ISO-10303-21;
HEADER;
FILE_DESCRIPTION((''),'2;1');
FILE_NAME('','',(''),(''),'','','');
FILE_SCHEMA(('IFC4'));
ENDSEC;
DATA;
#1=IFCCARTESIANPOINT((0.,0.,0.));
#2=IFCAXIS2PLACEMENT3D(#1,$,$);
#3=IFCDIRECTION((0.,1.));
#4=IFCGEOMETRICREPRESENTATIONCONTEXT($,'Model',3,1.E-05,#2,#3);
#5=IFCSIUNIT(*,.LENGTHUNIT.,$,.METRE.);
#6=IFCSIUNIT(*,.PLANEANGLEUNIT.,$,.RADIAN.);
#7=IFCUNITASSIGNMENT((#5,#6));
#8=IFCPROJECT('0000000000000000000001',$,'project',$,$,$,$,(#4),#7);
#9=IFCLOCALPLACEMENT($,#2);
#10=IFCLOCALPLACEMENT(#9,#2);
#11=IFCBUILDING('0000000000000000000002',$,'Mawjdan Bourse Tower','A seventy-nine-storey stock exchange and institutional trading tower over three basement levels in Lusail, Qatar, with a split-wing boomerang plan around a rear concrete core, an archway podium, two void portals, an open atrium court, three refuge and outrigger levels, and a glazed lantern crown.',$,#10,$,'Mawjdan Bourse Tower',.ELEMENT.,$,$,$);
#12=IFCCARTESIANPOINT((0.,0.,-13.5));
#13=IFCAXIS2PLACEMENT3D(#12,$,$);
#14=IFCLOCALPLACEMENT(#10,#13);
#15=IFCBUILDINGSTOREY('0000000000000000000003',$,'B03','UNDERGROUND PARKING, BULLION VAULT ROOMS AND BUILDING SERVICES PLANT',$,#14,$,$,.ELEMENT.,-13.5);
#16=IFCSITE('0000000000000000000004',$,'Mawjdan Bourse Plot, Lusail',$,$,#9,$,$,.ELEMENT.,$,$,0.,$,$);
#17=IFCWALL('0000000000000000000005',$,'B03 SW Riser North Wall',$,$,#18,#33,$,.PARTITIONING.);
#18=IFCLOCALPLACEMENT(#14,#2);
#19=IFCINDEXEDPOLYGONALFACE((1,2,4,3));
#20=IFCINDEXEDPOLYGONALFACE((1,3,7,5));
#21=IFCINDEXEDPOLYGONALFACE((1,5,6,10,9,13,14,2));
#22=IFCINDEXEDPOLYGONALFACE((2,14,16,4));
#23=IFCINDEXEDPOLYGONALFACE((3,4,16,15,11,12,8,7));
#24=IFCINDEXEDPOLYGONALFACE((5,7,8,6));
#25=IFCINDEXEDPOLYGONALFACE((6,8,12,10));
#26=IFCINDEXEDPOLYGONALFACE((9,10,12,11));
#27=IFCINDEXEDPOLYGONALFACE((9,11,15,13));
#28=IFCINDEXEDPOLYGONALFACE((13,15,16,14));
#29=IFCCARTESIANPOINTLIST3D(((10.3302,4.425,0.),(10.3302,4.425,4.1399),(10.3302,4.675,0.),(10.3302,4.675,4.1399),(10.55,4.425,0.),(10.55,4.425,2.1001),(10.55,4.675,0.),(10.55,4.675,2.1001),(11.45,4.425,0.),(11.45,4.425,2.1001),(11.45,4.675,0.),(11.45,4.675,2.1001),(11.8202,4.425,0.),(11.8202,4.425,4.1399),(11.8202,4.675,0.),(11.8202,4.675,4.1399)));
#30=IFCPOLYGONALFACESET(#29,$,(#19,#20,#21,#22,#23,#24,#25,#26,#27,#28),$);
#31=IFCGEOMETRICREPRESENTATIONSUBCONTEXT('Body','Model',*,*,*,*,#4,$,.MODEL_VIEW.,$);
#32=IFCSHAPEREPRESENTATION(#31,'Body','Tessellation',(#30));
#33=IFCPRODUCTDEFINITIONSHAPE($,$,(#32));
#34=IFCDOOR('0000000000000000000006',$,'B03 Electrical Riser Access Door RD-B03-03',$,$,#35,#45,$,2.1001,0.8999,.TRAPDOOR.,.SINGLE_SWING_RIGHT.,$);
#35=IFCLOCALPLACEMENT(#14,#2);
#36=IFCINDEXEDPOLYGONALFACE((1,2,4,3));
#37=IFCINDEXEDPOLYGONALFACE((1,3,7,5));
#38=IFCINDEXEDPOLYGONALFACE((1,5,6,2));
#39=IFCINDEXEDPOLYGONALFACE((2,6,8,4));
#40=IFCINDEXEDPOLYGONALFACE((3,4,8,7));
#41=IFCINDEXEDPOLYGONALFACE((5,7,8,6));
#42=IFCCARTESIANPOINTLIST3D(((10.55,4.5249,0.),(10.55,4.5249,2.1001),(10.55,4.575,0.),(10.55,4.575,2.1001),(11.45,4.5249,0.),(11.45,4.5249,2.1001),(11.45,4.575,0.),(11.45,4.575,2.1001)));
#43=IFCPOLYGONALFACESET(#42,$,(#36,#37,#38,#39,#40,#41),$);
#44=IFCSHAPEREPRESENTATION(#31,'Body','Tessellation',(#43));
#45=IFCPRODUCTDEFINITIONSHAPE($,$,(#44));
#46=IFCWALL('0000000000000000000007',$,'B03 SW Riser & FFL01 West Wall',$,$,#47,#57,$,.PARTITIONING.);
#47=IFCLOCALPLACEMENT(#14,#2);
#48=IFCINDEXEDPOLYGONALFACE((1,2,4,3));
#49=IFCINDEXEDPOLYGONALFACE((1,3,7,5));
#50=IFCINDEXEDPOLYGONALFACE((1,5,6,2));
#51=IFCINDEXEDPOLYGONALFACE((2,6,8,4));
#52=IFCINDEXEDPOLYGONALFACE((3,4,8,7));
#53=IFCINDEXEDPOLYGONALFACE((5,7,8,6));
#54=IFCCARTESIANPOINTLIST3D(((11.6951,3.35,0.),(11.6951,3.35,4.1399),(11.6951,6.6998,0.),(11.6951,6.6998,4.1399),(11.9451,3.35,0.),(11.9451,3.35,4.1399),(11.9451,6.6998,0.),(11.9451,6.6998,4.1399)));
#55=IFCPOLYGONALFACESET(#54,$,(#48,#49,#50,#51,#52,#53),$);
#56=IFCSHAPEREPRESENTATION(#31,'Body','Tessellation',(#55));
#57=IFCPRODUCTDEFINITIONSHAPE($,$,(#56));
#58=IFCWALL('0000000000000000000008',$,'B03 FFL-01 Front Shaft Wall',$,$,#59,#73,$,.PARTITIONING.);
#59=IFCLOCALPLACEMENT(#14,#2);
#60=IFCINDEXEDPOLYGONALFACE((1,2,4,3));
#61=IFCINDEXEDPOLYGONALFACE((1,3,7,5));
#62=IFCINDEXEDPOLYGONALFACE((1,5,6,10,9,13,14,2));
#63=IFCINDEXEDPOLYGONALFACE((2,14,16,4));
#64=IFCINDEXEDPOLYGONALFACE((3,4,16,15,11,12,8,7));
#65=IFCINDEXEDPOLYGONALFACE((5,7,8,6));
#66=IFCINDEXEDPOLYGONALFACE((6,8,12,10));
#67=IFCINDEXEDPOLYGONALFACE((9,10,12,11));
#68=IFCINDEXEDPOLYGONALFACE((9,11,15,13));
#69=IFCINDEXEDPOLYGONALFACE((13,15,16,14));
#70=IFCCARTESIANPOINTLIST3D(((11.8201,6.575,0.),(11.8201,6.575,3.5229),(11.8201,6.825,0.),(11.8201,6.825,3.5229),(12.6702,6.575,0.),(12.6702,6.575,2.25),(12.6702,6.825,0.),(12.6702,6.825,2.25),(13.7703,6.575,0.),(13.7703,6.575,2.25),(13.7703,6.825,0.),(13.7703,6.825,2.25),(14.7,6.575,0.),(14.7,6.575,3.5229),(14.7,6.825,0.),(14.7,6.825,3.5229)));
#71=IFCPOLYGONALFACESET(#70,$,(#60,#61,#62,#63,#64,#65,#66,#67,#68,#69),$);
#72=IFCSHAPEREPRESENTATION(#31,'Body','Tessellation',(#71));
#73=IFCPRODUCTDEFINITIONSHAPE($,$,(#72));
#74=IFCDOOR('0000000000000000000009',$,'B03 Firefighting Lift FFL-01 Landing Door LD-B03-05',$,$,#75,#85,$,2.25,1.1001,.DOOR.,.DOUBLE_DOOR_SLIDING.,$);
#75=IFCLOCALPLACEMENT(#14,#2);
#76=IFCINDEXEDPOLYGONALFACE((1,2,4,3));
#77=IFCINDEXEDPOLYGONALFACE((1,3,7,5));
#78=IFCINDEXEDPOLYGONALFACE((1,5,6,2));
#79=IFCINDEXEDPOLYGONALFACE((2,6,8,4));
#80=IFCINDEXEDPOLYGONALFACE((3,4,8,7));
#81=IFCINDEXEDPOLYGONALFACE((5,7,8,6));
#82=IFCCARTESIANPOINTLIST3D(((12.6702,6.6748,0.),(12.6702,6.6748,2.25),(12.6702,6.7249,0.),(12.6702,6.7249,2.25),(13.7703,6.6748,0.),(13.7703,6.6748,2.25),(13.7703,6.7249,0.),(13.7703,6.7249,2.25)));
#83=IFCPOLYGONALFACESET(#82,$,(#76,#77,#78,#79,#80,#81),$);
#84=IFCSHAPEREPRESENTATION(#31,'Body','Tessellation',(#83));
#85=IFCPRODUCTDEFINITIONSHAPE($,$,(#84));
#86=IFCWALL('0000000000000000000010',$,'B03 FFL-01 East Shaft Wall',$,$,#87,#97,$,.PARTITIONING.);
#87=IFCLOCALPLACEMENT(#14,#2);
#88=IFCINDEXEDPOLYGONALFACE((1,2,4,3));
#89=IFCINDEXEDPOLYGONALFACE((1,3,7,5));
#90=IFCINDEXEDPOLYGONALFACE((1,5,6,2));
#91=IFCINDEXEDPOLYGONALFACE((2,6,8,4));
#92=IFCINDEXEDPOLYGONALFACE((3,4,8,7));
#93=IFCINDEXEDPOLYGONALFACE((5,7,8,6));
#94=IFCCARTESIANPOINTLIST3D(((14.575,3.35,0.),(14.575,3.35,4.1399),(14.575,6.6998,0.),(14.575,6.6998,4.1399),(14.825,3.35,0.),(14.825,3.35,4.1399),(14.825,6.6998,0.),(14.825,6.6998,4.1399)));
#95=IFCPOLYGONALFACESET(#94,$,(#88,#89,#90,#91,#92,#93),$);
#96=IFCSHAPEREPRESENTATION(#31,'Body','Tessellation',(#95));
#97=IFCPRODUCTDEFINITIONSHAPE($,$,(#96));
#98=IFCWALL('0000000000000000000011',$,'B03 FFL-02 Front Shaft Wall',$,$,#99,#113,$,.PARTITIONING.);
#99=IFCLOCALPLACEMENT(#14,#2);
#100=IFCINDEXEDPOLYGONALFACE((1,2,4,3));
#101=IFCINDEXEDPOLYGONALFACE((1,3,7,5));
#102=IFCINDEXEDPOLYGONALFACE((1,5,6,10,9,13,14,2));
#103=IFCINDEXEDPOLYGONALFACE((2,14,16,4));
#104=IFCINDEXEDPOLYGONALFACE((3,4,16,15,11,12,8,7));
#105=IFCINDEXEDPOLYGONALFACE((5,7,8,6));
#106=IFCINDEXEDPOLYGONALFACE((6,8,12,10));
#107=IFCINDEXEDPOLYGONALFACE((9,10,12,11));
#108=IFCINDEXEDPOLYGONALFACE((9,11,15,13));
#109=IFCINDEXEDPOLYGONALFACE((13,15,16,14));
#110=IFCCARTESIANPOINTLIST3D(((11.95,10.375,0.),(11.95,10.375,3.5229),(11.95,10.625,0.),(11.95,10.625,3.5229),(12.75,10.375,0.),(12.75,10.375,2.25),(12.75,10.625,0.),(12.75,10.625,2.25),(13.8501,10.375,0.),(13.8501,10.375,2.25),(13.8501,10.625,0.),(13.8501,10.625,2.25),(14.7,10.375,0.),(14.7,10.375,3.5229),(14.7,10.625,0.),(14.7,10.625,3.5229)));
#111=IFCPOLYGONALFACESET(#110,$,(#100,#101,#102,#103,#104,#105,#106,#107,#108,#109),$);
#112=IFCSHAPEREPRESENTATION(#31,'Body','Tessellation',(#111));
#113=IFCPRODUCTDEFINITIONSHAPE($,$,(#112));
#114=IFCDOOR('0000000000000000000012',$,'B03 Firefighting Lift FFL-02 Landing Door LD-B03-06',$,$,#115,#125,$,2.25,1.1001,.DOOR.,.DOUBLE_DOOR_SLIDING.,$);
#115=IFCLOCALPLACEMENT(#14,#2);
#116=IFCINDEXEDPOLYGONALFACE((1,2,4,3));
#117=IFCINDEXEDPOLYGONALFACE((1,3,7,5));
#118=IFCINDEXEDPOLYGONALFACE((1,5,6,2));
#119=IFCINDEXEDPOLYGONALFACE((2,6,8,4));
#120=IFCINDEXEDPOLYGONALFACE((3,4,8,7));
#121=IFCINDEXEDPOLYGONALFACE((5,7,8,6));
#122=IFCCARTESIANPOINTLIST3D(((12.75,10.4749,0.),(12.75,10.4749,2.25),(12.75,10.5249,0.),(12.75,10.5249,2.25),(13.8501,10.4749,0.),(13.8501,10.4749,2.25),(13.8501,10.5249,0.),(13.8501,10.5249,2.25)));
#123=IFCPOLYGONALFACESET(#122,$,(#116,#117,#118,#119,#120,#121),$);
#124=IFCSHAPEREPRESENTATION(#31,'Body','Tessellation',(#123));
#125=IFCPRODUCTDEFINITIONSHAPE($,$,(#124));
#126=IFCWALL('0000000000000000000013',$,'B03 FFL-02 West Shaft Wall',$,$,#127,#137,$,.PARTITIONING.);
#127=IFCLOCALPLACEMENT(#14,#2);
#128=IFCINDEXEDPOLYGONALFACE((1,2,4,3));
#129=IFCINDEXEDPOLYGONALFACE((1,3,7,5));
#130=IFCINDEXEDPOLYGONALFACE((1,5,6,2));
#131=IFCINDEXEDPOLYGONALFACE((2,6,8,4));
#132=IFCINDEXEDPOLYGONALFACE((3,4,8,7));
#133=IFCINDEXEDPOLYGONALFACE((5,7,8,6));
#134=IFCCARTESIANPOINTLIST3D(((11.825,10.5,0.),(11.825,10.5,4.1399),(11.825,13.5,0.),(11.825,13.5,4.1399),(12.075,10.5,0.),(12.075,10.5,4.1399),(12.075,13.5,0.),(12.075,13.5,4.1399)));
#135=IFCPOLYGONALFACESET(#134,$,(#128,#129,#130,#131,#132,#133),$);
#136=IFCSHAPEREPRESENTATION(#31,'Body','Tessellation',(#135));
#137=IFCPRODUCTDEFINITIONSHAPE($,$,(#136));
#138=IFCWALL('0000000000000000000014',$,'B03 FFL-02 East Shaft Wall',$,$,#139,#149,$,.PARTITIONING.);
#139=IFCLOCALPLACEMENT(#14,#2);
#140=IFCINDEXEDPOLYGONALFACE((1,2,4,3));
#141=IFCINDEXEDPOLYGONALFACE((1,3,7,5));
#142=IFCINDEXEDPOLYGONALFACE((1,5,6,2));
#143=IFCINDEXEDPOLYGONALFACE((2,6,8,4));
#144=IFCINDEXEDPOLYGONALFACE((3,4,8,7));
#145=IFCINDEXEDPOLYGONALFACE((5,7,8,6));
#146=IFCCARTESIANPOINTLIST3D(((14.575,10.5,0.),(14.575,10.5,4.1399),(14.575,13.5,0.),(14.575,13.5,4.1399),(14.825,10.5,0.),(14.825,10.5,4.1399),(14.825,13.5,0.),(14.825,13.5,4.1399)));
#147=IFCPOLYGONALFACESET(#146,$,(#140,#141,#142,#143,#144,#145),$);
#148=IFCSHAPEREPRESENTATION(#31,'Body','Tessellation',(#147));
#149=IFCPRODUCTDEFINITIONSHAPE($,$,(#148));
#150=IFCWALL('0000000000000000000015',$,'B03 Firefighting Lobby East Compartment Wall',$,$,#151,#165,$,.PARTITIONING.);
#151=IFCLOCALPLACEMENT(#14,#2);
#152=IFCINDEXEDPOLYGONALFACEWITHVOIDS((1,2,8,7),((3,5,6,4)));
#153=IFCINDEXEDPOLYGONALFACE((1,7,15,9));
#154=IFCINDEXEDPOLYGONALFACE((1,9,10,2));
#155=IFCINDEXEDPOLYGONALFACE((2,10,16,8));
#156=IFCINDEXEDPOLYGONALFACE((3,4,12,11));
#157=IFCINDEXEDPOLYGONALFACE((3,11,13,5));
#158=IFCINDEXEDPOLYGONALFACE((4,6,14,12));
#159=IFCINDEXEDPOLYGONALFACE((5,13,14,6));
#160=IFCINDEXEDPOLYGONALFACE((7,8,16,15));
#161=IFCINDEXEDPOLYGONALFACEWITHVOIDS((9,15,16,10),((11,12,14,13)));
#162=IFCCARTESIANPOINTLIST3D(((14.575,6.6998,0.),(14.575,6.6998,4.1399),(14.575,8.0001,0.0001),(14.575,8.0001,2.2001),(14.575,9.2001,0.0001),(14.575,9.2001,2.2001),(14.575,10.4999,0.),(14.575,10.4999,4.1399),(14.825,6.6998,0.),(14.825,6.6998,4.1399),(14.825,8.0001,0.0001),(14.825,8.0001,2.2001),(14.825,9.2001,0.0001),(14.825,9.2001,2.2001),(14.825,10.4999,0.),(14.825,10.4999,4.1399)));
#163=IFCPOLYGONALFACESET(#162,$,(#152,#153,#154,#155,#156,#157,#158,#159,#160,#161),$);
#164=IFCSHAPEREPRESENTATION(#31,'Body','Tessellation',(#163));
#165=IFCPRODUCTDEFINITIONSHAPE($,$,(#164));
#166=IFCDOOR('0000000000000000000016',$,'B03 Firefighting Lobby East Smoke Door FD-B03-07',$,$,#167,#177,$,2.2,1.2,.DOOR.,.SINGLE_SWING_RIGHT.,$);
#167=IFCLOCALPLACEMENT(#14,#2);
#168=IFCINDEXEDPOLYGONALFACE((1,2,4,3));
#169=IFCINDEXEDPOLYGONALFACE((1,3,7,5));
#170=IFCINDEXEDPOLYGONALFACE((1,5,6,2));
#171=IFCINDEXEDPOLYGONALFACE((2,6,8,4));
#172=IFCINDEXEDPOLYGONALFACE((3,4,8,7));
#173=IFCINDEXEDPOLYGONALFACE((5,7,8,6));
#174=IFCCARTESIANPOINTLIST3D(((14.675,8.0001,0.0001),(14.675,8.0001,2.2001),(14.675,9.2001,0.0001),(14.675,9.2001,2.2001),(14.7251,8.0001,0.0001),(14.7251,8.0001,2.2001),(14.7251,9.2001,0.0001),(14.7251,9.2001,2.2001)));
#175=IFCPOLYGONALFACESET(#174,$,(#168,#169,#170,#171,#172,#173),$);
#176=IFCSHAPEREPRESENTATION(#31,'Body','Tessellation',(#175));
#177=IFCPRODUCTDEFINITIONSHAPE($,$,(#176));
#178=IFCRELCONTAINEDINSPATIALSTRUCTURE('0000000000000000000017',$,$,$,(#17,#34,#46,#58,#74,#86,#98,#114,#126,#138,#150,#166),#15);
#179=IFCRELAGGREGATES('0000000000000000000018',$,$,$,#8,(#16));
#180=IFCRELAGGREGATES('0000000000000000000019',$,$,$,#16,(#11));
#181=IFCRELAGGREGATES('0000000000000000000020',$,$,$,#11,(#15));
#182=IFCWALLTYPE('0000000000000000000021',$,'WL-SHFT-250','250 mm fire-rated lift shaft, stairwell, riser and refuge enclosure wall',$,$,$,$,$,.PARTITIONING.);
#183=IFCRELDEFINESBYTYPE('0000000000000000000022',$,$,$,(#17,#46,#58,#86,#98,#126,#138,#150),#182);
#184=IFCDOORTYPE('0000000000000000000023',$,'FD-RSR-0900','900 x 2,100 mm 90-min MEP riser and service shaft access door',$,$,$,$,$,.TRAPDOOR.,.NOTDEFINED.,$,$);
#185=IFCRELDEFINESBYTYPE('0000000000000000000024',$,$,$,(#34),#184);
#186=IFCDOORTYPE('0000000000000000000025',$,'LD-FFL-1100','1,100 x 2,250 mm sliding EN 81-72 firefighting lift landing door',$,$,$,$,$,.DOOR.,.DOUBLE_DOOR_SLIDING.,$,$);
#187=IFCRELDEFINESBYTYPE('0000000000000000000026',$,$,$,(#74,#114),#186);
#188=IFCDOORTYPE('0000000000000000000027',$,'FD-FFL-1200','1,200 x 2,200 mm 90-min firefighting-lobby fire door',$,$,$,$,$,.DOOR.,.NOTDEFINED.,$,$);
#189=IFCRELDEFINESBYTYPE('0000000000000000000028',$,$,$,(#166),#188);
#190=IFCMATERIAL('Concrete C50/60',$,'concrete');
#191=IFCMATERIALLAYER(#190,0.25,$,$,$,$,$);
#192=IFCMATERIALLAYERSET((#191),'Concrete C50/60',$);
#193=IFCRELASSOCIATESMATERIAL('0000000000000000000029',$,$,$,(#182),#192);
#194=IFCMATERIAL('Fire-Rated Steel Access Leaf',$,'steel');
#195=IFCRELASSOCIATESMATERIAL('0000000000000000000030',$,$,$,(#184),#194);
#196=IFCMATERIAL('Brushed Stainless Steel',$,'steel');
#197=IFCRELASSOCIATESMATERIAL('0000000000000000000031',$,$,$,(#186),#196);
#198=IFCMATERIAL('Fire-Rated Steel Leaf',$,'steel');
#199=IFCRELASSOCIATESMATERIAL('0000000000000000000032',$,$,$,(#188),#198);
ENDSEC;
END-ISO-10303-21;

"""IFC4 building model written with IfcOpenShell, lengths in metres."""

from ifc_helpers import new_model, si_unit, direction, frame, frame_2d, origin, place, context, subcontext, project, spatial, rectangle, extrude, material, layer, layer_set, type_object, element, fill, save


model = new_model("IFC4")

# Units and contexts
model_context = context("Model", 3, precision=1e-05, world=origin(), true_north=direction((0.0, 1.0)))
body_context = subcontext(model_context, "Body", "Model", "MODEL_VIEW")
ifc_project = project(units=[si_unit("LENGTHUNIT", "METRE"), si_unit("PLANEANGLEUNIT", "RADIAN")], contexts=[model_context])

# Site, building, storey
site_placement = place(None, origin())
site = spatial("IfcSite", under=ifc_project, at=site_placement, Name="Mawjdan Bourse Plot, Lusail", CompositionType="ELEMENT", RefElevation=0.0)
building_placement = place(site_placement, origin())
building = spatial("IfcBuilding", under=site, at=building_placement, Name="Mawjdan Bourse Tower", Description="A seventy-nine-storey stock exchange and institutional trading tower over three basement levels in Lusail, Qatar, with a split-wing boomerang plan around a rear concrete core, an archway podium, two void portals, an open atrium court, three refuge and outrigger levels, and a glazed lantern crown.", LongName="Mawjdan Bourse Tower", CompositionType="ELEMENT")
storey_placement = place(building_placement, frame((0.0, 0.0, -13.5)))
storey = spatial("IfcBuildingStorey", under=building, at=storey_placement, Name="B03", Description="UNDERGROUND PARKING, BULLION VAULT ROOMS AND BUILDING SERVICES PLANT", CompositionType="ELEMENT", Elevation=-13.5)

# Wall, opening, door
ifc_material_1 = material(Name="Concrete C50/60", Category="concrete")
ifc_layer_1 = layer(ifc_material_1, 0.25)
ifc_layer_set_1 = layer_set([ifc_layer_1], Name="Concrete C50/60")
wall_type_1 = type_object("IfcWallType", Name="WL-SHFT-250", Description="250 mm fire-rated lift shaft, stairwell, riser and refuge enclosure wall", PredefinedType="PARTITIONING", material=ifc_layer_set_1)
wall_1_placement = place(storey_placement, frame((10.3301, 4.55, 0.0), z_axis=(0.0, 0.0, 1.0), x_axis=(1.0, 0.0, 0.0)))
wall_1 = element("IfcWall", 1, at=wall_1_placement, inside=storey, type_object=wall_type_1, Name="B03 SW Riser North Wall", PredefinedType="PARTITIONING", context=body_context, shape_type="SweptSolid", body=[
    extrude(rectangle(XDim=1.49, YDim=0.25, at=frame_2d((0.7451, 0.0))), origin(), (0.0, 0.0, 1.0), 4.1399),
])
opening_1_placement = place(wall_1_placement, frame((0.22, 0.0, 0.0)))
opening_1 = element("IfcOpeningElement", 2, at=opening_1_placement, cuts=wall_1, PredefinedType="OPENING", context=body_context, shape_type="SweptSolid", body=[
    extrude(rectangle(XDim=0.8999, YDim=2.1001, at=frame_2d((0.45, 1.05))), frame((0.0, 0.135, 0.0), z_axis=(0.0, -1.0, 0.0), x_axis=(1.0, 0.0, 0.0)), (0.0, 0.0, 1.0), 0.27),
])
ifc_material_2 = material(Name="Fire-Rated Steel Access Leaf", Category="steel")
door_type_1 = type_object("IfcDoorType", Name="FD-RSR-0900", Description="900 x 2,100 mm 90-min MEP riser and service shaft access door", OperationType="NOTDEFINED", PredefinedType="TRAPDOOR", material=ifc_material_2)
door_1_placement = place(opening_1_placement, origin())
door_1 = element("IfcDoor", 3, at=door_1_placement, inside=storey, type_object=door_type_1, Name="B03 Electrical Riser Access Door RD-B03-03", OperationType="SINGLE_SWING_RIGHT", OverallHeight=2.1001, OverallWidth=0.8999, PredefinedType="TRAPDOOR", context=body_context, shape_type="SweptSolid", body=[
    extrude(rectangle(XDim=0.8999, YDim=2.1001, at=frame_2d((0.45, 1.05))), frame((0.0, 0.0249, 0.0), z_axis=(0.0, -1.0, 0.0), x_axis=(1.0, 0.0, 0.0)), (0.0, 0.0, 1.0), 0.05),
])
fill(opening_1, door_1)

# Wall
wall_2_placement = place(storey_placement, frame((11.8201, 3.3501, 0.0), z_axis=(0.0, 0.0, 1.0), x_axis=(0.0, 1.0, 0.0)))
element("IfcWall", 4, at=wall_2_placement, inside=storey, type_object=wall_type_1, Name="B03 SW Riser & FFL01 West Wall", PredefinedType="PARTITIONING", context=body_context, shape_type="SweptSolid", body=[
    extrude(rectangle(XDim=3.3499, YDim=0.25, at=frame_2d((1.6748, 0.0))), origin(), (0.0, 0.0, 1.0), 4.1399),
])

# Wall, opening, door
wall_3_placement = place(storey_placement, frame((11.8201, 6.7, 0.0), z_axis=(0.0, 0.0, 1.0), x_axis=(1.0, 0.0, 0.0)))
wall_3 = element("IfcWall", 5, at=wall_3_placement, inside=storey, type_object=wall_type_1, Name="B03 FFL-01 Front Shaft Wall", PredefinedType="PARTITIONING", context=body_context, shape_type="SweptSolid", body=[
    extrude(rectangle(XDim=2.8799, YDim=0.25, at=frame_2d((1.4399, 0.0))), origin(), (0.0, 0.0, 1.0), 3.5229),
])
opening_2_placement = place(wall_3_placement, frame((0.8501, 0.0, 0.0)))
opening_2 = element("IfcOpeningElement", 6, at=opening_2_placement, cuts=wall_3, PredefinedType="OPENING", context=body_context, shape_type="SweptSolid", body=[
    extrude(rectangle(XDim=1.1001, YDim=2.25, at=frame_2d((0.55, 1.125))), frame((0.0, 0.135, 0.0), z_axis=(0.0, -1.0, 0.0), x_axis=(1.0, 0.0, 0.0)), (0.0, 0.0, 1.0), 0.27),
])
ifc_material_3 = material(Name="Brushed Stainless Steel", Category="steel")
door_type_2 = type_object("IfcDoorType", Name="LD-FFL-1100", Description="1,100 x 2,250 mm sliding EN 81-72 firefighting lift landing door", OperationType="DOUBLE_DOOR_SLIDING", PredefinedType="DOOR", material=ifc_material_3)
door_2_placement = place(opening_2_placement, origin())
door_2 = element("IfcDoor", 7, at=door_2_placement, inside=storey, type_object=door_type_2, Name="B03 Firefighting Lift FFL-01 Landing Door LD-B03-05", OperationType="DOUBLE_DOOR_SLIDING", OverallHeight=2.25, OverallWidth=1.1001, PredefinedType="DOOR", context=body_context, shape_type="SweptSolid", body=[
    extrude(rectangle(XDim=1.1001, YDim=2.25, at=frame_2d((0.55, 1.125))), frame((0.0, 0.0249, 0.0), z_axis=(0.0, -1.0, 0.0), x_axis=(1.0, 0.0, 0.0)), (0.0, 0.0, 1.0), 0.05),
])
fill(opening_2, door_2)

# Wall
wall_4_placement = place(storey_placement, frame((14.7, 3.3501, 0.0), z_axis=(0.0, 0.0, 1.0), x_axis=(0.0, 1.0, 0.0)))
element("IfcWall", 8, at=wall_4_placement, inside=storey, type_object=wall_type_1, Name="B03 FFL-01 East Shaft Wall", PredefinedType="PARTITIONING", context=body_context, shape_type="SweptSolid", body=[
    extrude(rectangle(XDim=3.3499, YDim=0.25, at=frame_2d((1.6748, 0.0))), origin(), (0.0, 0.0, 1.0), 4.1399),
])

# Wall, opening, door
wall_5_placement = place(storey_placement, frame((11.95, 10.5, 0.0), z_axis=(0.0, 0.0, 1.0), x_axis=(1.0, 0.0, 0.0)))
wall_5 = element("IfcWall", 9, at=wall_5_placement, inside=storey, type_object=wall_type_1, Name="B03 FFL-02 Front Shaft Wall", PredefinedType="PARTITIONING", context=body_context, shape_type="SweptSolid", body=[
    extrude(rectangle(XDim=2.75, YDim=0.25, at=frame_2d((1.375, 0.0))), origin(), (0.0, 0.0, 1.0), 3.5229),
])
opening_3_placement = place(wall_5_placement, frame((0.8, 0.0, 0.0)))
opening_3 = element("IfcOpeningElement", 10, at=opening_3_placement, cuts=wall_5, PredefinedType="OPENING", context=body_context, shape_type="SweptSolid", body=[
    extrude(rectangle(XDim=1.1001, YDim=2.25, at=frame_2d((0.55, 1.125))), frame((0.0, 0.135, 0.0), z_axis=(0.0, -1.0, 0.0), x_axis=(1.0, 0.0, 0.0)), (0.0, 0.0, 1.0), 0.27),
])
door_3_placement = place(opening_3_placement, origin())
door_3 = element("IfcDoor", 11, at=door_3_placement, inside=storey, type_object=door_type_2, Name="B03 Firefighting Lift FFL-02 Landing Door LD-B03-06", OperationType="DOUBLE_DOOR_SLIDING", OverallHeight=2.25, OverallWidth=1.1001, PredefinedType="DOOR", context=body_context, shape_type="SweptSolid", body=[
    extrude(rectangle(XDim=1.1001, YDim=2.25, at=frame_2d((0.55, 1.125))), frame((0.0, 0.0249, 0.0), z_axis=(0.0, -1.0, 0.0), x_axis=(1.0, 0.0, 0.0)), (0.0, 0.0, 1.0), 0.05),
])
fill(opening_3, door_3)

# Walls
for number, where, z_axis, x_axis, name in (
    (12, (11.95, 10.5, 0.0), (0.0, 0.0, 1.0), (0.0, 1.0, 0.0), "B03 FFL-02 West Shaft Wall"),
    (13, (14.7, 10.5, 0.0), (0.0, 0.0, 1.0), (0.0, 1.0, 0.0), "B03 FFL-02 East Shaft Wall"),
):
    element("IfcWall", number, at=place(storey_placement, frame(where, z_axis=z_axis, x_axis=x_axis)), inside=storey, type_object=wall_type_1, Name=name, PredefinedType="PARTITIONING", context=body_context, shape_type="SweptSolid", body=[
        extrude(rectangle(XDim=3.0, YDim=0.25, at=frame_2d((1.5, 0.0))), origin(), (0.0, 0.0, 1.0), 4.1399),
    ])

# Wall, opening, door
wall_6_placement = place(storey_placement, frame((14.7, 6.7, 0.0), z_axis=(0.0, 0.0, 1.0), x_axis=(0.0, 1.0, 0.0)))
wall_6 = element("IfcWall", 14, at=wall_6_placement, inside=storey, type_object=wall_type_1, Name="B03 Firefighting Lobby East Compartment Wall", PredefinedType="PARTITIONING", context=body_context, shape_type="SweptSolid", body=[
    extrude(rectangle(XDim=3.8, YDim=0.25, at=frame_2d((1.8999, 0.0))), origin(), (0.0, 0.0, 1.0), 4.1399),
])
opening_4_placement = place(wall_6_placement, frame((1.3, 0.0, 0.0)))
opening_4 = element("IfcOpeningElement", 15, at=opening_4_placement, cuts=wall_6, PredefinedType="OPENING", context=body_context, shape_type="SweptSolid", body=[
    extrude(rectangle(XDim=1.2, YDim=2.2, at=frame_2d((0.6001, 1.1001))), frame((0.0, 0.135, 0.0), z_axis=(0.0, -1.0, 0.0), x_axis=(1.0, 0.0, 0.0)), (0.0, 0.0, 1.0), 0.27),
])
ifc_material_4 = material(Name="Fire-Rated Steel Leaf", Category="steel")
door_type_3 = type_object("IfcDoorType", Name="FD-FFL-1200", Description="1,200 x 2,200 mm 90-min firefighting-lobby fire door", OperationType="NOTDEFINED", PredefinedType="DOOR", material=ifc_material_4)
door_4_placement = place(opening_4_placement, origin())
door_4 = element("IfcDoor", 16, at=door_4_placement, inside=storey, type_object=door_type_3, Name="B03 Firefighting Lobby East Smoke Door FD-B03-07", OperationType="SINGLE_SWING_RIGHT", OverallHeight=2.2, OverallWidth=1.2, PredefinedType="DOOR", context=body_context, shape_type="SweptSolid", body=[
    extrude(rectangle(XDim=1.2, YDim=2.2, at=frame_2d((0.6001, 1.1001))), frame((0.0, 0.0249, 0.0), z_axis=(0.0, -1.0, 0.0), x_axis=(1.0, 0.0, 0.0)), (0.0, 0.0, 1.0), 0.05),
])
fill(opening_4, door_4)

save(model, "model.ifc")
